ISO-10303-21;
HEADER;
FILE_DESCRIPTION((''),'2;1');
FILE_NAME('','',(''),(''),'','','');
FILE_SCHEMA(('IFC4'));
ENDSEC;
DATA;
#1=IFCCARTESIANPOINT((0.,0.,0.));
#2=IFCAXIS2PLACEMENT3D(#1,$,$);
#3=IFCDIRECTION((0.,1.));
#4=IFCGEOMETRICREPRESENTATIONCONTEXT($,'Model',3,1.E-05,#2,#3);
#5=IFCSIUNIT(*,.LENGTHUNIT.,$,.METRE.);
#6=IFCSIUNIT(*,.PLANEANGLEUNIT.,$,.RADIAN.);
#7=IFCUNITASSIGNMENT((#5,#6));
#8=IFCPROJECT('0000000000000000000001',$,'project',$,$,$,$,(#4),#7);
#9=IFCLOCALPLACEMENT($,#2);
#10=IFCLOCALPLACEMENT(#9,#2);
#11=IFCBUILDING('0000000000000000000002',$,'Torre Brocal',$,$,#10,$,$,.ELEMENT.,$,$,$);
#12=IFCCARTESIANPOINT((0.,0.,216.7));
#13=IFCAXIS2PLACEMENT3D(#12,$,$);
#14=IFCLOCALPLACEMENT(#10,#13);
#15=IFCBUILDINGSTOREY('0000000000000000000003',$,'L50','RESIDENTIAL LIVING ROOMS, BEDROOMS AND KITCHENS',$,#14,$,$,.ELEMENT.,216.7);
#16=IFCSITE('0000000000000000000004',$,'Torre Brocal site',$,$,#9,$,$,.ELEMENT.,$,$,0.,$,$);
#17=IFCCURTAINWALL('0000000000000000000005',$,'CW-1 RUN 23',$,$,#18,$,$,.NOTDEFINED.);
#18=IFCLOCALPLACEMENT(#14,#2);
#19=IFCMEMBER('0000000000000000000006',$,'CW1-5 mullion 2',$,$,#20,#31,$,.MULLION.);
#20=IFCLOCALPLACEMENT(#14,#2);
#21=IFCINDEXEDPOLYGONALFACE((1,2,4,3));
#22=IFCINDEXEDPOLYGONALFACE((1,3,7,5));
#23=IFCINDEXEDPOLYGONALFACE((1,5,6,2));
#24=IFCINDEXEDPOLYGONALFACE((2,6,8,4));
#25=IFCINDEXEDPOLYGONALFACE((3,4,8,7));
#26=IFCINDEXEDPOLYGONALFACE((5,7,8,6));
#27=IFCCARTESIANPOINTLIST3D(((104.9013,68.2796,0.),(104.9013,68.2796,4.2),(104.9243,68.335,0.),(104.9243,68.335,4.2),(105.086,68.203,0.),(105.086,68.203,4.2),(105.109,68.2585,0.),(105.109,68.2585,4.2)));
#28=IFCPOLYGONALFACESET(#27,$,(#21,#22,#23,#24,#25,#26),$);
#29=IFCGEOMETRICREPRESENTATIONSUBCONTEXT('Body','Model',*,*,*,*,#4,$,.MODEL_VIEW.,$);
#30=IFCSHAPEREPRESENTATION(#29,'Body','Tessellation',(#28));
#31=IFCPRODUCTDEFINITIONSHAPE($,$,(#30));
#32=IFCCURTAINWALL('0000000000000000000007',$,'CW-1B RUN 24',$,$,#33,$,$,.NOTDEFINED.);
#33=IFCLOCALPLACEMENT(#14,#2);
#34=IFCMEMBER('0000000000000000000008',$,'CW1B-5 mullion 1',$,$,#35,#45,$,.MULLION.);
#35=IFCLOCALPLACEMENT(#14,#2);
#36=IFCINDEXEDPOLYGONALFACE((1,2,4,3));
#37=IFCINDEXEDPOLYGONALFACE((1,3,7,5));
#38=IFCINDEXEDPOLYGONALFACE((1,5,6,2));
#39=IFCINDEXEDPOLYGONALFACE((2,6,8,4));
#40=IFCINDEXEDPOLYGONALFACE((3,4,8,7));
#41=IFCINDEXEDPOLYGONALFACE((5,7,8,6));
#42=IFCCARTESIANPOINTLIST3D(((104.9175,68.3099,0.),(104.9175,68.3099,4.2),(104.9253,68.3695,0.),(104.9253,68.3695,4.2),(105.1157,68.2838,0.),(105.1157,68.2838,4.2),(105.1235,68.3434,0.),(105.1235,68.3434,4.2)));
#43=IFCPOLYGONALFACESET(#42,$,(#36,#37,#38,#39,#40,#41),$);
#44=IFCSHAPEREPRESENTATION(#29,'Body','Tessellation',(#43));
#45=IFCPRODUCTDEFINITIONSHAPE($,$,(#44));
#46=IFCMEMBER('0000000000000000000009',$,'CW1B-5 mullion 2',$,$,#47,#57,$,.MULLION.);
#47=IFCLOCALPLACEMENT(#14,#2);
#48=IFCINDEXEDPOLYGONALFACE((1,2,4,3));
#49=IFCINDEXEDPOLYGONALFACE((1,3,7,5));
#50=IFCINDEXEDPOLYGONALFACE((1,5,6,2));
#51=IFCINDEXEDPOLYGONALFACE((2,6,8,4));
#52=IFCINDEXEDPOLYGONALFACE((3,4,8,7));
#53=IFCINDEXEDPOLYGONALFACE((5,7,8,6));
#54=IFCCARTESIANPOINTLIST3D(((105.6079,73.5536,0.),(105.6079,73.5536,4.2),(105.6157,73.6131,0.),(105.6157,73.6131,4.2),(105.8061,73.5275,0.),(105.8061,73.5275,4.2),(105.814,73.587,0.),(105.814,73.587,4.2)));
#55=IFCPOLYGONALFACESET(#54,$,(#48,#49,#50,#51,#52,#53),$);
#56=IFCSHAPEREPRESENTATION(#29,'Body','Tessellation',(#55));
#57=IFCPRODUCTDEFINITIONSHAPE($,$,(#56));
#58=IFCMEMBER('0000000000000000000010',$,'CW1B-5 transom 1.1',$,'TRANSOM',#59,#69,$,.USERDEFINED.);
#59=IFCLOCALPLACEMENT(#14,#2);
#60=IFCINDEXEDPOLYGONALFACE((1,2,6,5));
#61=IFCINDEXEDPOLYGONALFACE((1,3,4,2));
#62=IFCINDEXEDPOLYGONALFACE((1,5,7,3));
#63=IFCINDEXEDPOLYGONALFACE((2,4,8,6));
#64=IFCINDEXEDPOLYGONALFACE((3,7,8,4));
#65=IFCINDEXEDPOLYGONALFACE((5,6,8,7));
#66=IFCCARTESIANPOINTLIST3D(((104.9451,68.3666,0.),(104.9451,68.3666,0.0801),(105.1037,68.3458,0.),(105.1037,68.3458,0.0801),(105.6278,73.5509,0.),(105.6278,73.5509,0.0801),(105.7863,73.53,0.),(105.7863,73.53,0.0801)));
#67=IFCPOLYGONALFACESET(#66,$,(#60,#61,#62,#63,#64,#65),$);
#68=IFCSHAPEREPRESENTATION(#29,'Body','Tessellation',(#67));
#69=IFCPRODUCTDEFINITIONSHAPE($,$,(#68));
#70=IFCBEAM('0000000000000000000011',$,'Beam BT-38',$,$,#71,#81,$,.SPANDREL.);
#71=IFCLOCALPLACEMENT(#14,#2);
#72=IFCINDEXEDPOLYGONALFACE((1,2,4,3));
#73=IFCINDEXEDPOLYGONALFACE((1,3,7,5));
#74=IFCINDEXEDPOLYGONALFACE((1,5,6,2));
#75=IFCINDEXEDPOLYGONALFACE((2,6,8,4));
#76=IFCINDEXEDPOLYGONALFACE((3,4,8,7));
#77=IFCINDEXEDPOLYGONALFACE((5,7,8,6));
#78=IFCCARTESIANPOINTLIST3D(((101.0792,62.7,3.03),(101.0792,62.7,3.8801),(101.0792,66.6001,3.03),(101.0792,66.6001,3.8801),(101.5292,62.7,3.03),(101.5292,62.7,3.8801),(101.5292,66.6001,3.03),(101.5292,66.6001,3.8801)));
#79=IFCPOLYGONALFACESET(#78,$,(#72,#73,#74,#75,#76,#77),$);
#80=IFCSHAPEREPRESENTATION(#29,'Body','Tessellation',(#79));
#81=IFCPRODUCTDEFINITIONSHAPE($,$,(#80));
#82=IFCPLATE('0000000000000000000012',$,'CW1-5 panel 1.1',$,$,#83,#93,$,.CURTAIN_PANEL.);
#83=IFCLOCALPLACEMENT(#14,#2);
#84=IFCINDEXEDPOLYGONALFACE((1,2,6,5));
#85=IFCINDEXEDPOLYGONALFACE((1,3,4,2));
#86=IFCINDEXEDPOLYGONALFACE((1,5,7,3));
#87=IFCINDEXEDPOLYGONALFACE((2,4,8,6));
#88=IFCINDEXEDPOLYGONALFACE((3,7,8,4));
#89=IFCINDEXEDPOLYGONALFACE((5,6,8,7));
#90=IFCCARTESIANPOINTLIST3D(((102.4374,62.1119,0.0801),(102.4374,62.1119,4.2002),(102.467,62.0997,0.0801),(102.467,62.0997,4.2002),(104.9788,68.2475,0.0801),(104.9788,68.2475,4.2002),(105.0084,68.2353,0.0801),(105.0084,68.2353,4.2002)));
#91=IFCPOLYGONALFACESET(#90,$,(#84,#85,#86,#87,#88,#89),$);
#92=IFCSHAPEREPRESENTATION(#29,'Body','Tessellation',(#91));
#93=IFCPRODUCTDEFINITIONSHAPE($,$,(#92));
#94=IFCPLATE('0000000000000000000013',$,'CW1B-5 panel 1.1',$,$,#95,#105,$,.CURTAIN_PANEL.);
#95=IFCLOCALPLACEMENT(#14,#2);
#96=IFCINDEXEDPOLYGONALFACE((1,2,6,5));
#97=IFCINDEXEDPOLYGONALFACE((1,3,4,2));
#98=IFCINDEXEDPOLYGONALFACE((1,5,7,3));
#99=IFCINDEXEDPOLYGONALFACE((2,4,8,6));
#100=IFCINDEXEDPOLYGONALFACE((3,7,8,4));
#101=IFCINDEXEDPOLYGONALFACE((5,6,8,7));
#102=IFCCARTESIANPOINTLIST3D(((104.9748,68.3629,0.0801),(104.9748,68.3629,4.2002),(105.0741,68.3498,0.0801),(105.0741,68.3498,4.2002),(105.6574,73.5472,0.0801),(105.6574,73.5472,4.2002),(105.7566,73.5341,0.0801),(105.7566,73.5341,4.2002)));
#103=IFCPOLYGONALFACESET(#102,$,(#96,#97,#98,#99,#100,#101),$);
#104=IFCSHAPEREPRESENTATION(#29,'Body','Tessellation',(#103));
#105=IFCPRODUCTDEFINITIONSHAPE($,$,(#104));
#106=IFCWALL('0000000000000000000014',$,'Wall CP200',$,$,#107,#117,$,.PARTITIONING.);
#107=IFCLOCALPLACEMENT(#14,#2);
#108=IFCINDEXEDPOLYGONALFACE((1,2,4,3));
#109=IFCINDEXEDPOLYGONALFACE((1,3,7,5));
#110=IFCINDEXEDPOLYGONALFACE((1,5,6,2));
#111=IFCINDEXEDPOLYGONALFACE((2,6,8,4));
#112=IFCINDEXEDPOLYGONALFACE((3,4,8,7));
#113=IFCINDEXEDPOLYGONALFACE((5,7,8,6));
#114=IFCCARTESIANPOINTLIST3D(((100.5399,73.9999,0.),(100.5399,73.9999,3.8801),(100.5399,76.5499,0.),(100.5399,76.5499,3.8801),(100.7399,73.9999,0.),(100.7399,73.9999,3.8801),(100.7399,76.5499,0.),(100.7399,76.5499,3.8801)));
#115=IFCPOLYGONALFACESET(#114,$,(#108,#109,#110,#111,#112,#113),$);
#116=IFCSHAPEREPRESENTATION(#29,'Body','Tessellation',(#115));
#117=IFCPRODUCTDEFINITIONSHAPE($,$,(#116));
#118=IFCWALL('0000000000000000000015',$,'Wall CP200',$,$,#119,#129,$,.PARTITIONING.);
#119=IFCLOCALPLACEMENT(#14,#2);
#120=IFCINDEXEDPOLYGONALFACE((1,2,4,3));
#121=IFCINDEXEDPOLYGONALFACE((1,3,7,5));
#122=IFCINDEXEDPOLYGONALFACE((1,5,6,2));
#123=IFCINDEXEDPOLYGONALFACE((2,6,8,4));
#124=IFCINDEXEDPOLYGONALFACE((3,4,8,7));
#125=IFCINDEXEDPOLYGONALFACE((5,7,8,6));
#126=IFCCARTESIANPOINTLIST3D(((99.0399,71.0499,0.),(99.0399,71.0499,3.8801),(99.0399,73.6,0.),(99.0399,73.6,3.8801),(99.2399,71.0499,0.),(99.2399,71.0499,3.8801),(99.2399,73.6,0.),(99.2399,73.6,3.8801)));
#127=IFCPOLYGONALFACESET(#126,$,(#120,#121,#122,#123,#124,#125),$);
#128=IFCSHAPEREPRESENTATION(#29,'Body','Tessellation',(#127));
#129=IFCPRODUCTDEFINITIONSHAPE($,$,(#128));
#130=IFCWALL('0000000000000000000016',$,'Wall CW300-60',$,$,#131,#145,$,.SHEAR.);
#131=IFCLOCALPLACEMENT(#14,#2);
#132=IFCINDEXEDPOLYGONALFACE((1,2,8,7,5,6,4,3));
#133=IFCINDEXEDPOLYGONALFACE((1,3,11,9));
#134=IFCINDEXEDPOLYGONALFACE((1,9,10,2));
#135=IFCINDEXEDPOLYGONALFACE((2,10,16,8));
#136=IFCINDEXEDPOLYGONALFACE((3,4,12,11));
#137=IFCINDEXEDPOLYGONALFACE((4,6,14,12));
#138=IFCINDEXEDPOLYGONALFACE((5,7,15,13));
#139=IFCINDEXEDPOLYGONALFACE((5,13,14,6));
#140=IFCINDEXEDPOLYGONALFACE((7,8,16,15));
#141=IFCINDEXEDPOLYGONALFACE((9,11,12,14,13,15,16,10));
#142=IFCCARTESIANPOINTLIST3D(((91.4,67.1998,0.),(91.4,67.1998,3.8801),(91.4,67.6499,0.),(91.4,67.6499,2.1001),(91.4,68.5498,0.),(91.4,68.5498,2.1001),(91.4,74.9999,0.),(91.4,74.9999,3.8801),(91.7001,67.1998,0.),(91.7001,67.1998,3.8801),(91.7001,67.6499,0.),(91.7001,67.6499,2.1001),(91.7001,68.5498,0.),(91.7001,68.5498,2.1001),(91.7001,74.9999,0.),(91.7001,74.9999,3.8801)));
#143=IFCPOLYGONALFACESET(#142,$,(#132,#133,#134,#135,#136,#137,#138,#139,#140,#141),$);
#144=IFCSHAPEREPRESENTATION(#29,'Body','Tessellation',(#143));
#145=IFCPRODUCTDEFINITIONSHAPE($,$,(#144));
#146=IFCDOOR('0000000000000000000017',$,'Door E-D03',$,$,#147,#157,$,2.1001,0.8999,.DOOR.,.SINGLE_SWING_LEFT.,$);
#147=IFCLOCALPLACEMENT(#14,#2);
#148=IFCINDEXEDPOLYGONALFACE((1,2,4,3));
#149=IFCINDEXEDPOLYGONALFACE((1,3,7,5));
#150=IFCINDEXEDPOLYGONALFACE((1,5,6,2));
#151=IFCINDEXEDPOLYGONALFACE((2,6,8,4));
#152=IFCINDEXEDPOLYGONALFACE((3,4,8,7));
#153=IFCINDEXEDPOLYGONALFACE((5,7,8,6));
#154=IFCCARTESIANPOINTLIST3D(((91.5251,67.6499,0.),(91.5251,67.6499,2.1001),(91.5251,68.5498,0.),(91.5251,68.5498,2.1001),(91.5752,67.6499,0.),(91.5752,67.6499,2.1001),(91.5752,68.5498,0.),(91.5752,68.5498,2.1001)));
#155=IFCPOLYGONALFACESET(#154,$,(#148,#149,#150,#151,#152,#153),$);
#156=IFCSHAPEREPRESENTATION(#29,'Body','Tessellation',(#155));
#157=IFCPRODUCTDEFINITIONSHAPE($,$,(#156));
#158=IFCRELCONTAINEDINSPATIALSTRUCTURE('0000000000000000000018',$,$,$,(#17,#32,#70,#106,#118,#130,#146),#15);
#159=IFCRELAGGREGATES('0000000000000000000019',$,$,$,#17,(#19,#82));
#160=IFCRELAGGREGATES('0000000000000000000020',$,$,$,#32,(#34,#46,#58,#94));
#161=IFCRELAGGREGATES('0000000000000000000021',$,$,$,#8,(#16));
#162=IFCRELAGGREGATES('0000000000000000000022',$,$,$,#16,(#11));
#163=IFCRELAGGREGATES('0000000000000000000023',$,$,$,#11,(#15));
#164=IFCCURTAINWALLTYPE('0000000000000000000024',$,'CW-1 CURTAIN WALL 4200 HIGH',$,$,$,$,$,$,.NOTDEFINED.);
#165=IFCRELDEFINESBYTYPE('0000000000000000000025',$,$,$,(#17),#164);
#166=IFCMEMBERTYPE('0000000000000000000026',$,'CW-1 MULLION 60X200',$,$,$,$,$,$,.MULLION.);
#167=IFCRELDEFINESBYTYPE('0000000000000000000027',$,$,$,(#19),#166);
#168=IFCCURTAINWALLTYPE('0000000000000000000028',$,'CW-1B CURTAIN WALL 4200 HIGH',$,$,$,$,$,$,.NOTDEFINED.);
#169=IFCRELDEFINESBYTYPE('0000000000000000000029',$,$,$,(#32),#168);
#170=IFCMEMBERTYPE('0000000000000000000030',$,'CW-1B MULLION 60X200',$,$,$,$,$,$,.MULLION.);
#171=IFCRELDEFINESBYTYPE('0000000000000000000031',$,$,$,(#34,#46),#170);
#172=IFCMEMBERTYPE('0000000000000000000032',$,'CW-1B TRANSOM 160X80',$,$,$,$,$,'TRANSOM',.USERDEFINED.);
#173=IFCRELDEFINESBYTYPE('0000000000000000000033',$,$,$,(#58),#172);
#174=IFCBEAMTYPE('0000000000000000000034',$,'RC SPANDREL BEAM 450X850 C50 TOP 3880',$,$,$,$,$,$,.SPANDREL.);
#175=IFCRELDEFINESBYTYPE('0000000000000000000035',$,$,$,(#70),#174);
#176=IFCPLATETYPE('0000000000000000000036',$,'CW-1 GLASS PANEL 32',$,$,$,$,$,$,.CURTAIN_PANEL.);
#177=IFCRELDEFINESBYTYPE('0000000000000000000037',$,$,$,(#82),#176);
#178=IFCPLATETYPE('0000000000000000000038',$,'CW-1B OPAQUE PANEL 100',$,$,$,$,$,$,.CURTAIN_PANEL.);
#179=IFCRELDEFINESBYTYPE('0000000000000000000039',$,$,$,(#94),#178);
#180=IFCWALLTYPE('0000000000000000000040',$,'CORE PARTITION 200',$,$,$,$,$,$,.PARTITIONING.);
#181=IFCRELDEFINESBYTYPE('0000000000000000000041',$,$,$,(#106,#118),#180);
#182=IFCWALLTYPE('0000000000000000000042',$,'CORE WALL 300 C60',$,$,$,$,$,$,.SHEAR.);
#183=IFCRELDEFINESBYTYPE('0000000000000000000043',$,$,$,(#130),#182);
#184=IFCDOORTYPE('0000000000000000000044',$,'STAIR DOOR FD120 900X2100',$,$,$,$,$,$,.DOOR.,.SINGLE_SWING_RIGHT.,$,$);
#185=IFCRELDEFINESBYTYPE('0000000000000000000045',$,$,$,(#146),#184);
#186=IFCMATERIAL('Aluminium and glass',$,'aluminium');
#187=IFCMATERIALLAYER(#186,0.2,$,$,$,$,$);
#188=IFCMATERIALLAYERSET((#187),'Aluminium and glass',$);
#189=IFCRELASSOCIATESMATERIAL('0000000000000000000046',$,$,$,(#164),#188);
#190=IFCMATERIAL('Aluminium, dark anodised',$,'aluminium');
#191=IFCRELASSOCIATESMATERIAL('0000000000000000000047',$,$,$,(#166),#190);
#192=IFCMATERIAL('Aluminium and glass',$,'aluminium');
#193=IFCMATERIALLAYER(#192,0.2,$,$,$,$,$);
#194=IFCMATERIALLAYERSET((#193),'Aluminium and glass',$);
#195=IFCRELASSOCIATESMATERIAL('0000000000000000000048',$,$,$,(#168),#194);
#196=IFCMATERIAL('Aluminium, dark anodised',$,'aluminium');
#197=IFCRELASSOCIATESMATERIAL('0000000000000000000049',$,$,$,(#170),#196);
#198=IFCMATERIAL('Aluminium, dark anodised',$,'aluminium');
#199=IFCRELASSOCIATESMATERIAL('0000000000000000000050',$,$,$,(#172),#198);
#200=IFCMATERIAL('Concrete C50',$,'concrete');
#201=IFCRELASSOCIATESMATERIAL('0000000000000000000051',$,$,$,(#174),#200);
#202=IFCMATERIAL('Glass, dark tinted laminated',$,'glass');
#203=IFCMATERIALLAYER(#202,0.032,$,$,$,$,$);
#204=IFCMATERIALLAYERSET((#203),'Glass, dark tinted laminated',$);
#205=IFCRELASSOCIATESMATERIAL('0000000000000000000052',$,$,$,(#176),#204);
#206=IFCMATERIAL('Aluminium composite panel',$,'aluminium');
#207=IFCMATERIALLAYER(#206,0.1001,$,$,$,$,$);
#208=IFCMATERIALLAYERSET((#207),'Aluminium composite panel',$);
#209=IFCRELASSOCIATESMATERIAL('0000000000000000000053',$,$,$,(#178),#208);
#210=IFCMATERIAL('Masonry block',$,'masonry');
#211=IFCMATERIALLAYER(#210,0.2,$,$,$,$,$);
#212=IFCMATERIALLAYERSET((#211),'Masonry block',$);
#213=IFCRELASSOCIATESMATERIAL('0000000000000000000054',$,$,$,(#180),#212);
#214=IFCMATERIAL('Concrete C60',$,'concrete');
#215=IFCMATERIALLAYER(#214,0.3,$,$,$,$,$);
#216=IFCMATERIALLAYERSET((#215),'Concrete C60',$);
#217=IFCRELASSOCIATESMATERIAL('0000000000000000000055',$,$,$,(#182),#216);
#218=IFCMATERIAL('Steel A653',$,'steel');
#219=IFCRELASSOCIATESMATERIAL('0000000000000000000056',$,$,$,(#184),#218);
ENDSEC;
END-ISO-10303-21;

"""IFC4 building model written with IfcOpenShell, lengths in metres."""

from ifc_helpers import new_model, si_unit, direction, frame, frame_2d, origin, origin_2d, place, context, subcontext, project, spatial, rectangle, extrude, material, layer, layer_set, material_profile, profile_set, type_object, element, fill, aggregate, save


model = new_model("IFC4")

# Units and contexts
model_context = context("Model", 3, precision=1e-05, world=origin(), true_north=direction((0.0, 1.0)))
body_context = subcontext(model_context, "Body", "Model", "MODEL_VIEW")
ifc_project = project(units=[si_unit("LENGTHUNIT", "METRE"), si_unit("PLANEANGLEUNIT", "RADIAN")], contexts=[model_context])

# Site, building, storey
site_placement = place(None, origin())
site = spatial("IfcSite", under=ifc_project, at=site_placement, Name="Torre Brocal site", CompositionType="ELEMENT", RefElevation=0.0)
building_placement = place(site_placement, origin())
building = spatial("IfcBuilding", under=site, at=building_placement, Name="Torre Brocal", CompositionType="ELEMENT")
storey_placement = place(building_placement, frame((0.0, 0.0, 216.7)))
storey = spatial("IfcBuildingStorey", under=building, at=storey_placement, Name="L50", Description="RESIDENTIAL LIVING ROOMS, BEDROOMS AND KITCHENS", CompositionType="ELEMENT", Elevation=216.7)

# Curtain wall, member
ifc_material_1 = material(Name="Aluminium and glass", Category="aluminium")
ifc_layer_1 = layer(ifc_material_1, 0.2)
ifc_layer_set_1 = layer_set([ifc_layer_1], Name="Aluminium and glass")
curtain_wall_type_1 = type_object("IfcCurtainWallType", Name="CW-1 CURTAIN WALL 4200 HIGH", PredefinedType="NOTDEFINED", material=ifc_layer_set_1)
curtain_wall_1_placement = place(storey_placement, origin())
curtain_wall_1 = element("IfcCurtainWall", 1, at=curtain_wall_1_placement, inside=storey, type_object=curtain_wall_type_1, Name="CW-1 RUN 23", PredefinedType="NOTDEFINED")
ifc_material_2 = material(Name="Aluminium, dark anodised", Category="aluminium")
ifc_material_profile_1 = material_profile(ifc_material_2, rectangle(XDim=0.2, YDim=0.0601, at=origin_2d()), Name="CW-1 MULLION 60X200")
ifc_profile_set_1 = profile_set([ifc_material_profile_1], Name="Aluminium, dark anodised")
member_type_1 = type_object("IfcMemberType", Name="CW-1 MULLION 60X200", PredefinedType="MULLION", material=ifc_profile_set_1)
member_1_placement = place(storey_placement, frame((105.0051, 68.269, 0.0), z_axis=(0.0, 0.0, 1.0), x_axis=(-0.92388, 0.382683, 0.0)))
member_1 = element("IfcMember", 2, at=member_1_placement, type_object=member_type_1, Name="CW1-5 mullion 2", PredefinedType="MULLION", context=body_context, shape_type="SweptSolid", body=[
    extrude(rectangle(XDim=0.2, YDim=0.0601, at=origin_2d()), origin(), (0.0, 0.0, 1.0), 4.2),
])

# Curtain wall, members
ifc_material_3 = material(Name="Aluminium and glass", Category="aluminium")
ifc_layer_2 = layer(ifc_material_3, 0.2)
ifc_layer_set_2 = layer_set([ifc_layer_2], Name="Aluminium and glass")
curtain_wall_type_2 = type_object("IfcCurtainWallType", Name="CW-1B CURTAIN WALL 4200 HIGH", PredefinedType="NOTDEFINED", material=ifc_layer_set_2)
curtain_wall_2_placement = place(storey_placement, origin())
curtain_wall_2 = element("IfcCurtainWall", 3, at=curtain_wall_2_placement, inside=storey, type_object=curtain_wall_type_2, Name="CW-1B RUN 24", PredefinedType="NOTDEFINED")
ifc_material_4 = material(Name="Aluminium, dark anodised", Category="aluminium")
ifc_material_profile_2 = material_profile(ifc_material_4, rectangle(XDim=0.2, YDim=0.0601, at=origin_2d()), Name="CW-1B MULLION 60X200")
ifc_profile_set_2 = profile_set([ifc_material_profile_2], Name="Aluminium, dark anodised")
member_type_2 = type_object("IfcMemberType", Name="CW-1B MULLION 60X200", PredefinedType="MULLION", material=ifc_profile_set_2)
member_2_placement = place(storey_placement, frame((105.0205, 68.3267, 0.0), z_axis=(0.0, 0.0, 1.0), x_axis=(-0.991445, 0.130526, 0.0)))
member_2 = element("IfcMember", 4, at=member_2_placement, type_object=member_type_2, Name="CW1B-5 mullion 1", PredefinedType="MULLION", context=body_context, shape_type="SweptSolid", body=[
    extrude(rectangle(XDim=0.2, YDim=0.0601, at=origin_2d()), origin(), (0.0, 0.0, 1.0), 4.2),
])
member_3_placement = place(storey_placement, frame((105.7109, 73.5703, 0.0), z_axis=(0.0, 0.0, 1.0), x_axis=(-0.991445, 0.130526, 0.0)))
member_3 = element("IfcMember", 5, at=member_3_placement, type_object=member_type_2, Name="CW1B-5 mullion 2", PredefinedType="MULLION", context=body_context, shape_type="SweptSolid", body=[
    extrude(rectangle(XDim=0.2, YDim=0.0601, at=origin_2d()), origin(), (0.0, 0.0, 1.0), 4.2),
])
ifc_material_5 = material(Name="Aluminium, dark anodised", Category="aluminium")
ifc_material_profile_3 = material_profile(ifc_material_5, rectangle(XDim=0.1599, YDim=0.0801, at=origin_2d()), Name="CW-1B TRANSOM 160X80")
ifc_profile_set_3 = profile_set([ifc_material_profile_3], Name="Aluminium, dark anodised")
member_type_3 = type_object("IfcMemberType", Name="CW-1B TRANSOM 160X80", ElementType="TRANSOM", PredefinedType="USERDEFINED", material=ifc_profile_set_3)
member_4_placement = place(storey_placement, frame((105.0244, 68.3562, 0.04), z_axis=(0.130543, 0.991443, 0.0), x_axis=(-0.991443, 0.130543, 0.0)))
member_4 = element("IfcMember", 6, at=member_4_placement, type_object=member_type_3, Name="CW1B-5 transom 1.1", ObjectType="TRANSOM", PredefinedType="USERDEFINED", context=body_context, shape_type="SweptSolid", body=[
    extrude(rectangle(XDim=0.1599, YDim=0.0801, at=origin_2d()), origin(), (0.0, 0.0, 1.0), 5.229),
])

# Beam
ifc_material_6 = material(Name="Concrete C50", Category="concrete")
ifc_material_profile_4 = material_profile(ifc_material_6, rectangle(XDim=0.45, YDim=0.8501, at=origin_2d()), Name="RC 450X850")
ifc_profile_set_4 = profile_set([ifc_material_profile_4], Name="Concrete C50")
beam_type = type_object("IfcBeamType", Name="RC SPANDREL BEAM 450X850 C50 TOP 3880", PredefinedType="SPANDREL", material=ifc_profile_set_4)
beam_placement = place(storey_placement, frame((101.3042, 62.7, 3.4551), z_axis=(0.0, 1.0, 0.0), x_axis=(-1.0, 0.0, 0.0)))
element("IfcBeam", 7, at=beam_placement, inside=storey, type_object=beam_type, Name="Beam BT-38", PredefinedType="SPANDREL", context=body_context, shape_type="SweptSolid", body=[
    extrude(rectangle(XDim=0.45, YDim=0.8501, at=origin_2d()), origin(), (0.0, 0.0, 1.0), 3.9001),
])

# Plates
ifc_material_7 = material(Name="Glass, dark tinted laminated", Category="glass")
ifc_layer_3 = layer(ifc_material_7, 0.032)
ifc_layer_set_3 = layer_set([ifc_layer_3], Name="Glass, dark tinted laminated")
plate_type_1 = type_object("IfcPlateType", Name="CW-1 GLASS PANEL 32", PredefinedType="CURTAIN_PANEL", material=ifc_layer_set_3)
plate_1_placement = place(storey_placement, frame((103.7229, 65.1736, 0.0801), z_axis=(0.0, 0.0, 1.0), x_axis=(0.382683, 0.92388, 0.0)))
plate_1 = element("IfcPlate", 8, at=plate_1_placement, type_object=plate_type_1, Name="CW1-5 panel 1.1", PredefinedType="CURTAIN_PANEL", context=body_context, shape_type="SweptSolid", body=[
    extrude(rectangle(XDim=6.6411, YDim=0.032, at=origin_2d()), origin(), (0.0, 0.0, 1.0), 4.1201),
])
aggregate(curtain_wall_1, [member_1, plate_1])
ifc_material_8 = material(Name="Aluminium composite panel", Category="aluminium")
ifc_layer_4 = layer(ifc_material_8, 0.1001)
ifc_layer_set_4 = layer_set([ifc_layer_4], Name="Aluminium composite panel")
plate_type_2 = type_object("IfcPlateType", Name="CW-1B OPAQUE PANEL 100", PredefinedType="CURTAIN_PANEL", material=ifc_layer_set_4)
plate_2_placement = place(storey_placement, frame((105.3657, 70.9485, 0.0801), z_axis=(0.0, 0.0, 1.0), x_axis=(0.130526, 0.991445, 0.0)))
plate_2 = element("IfcPlate", 9, at=plate_2_placement, type_object=plate_type_2, Name="CW1B-5 panel 1.1", PredefinedType="CURTAIN_PANEL", context=body_context, shape_type="SweptSolid", body=[
    extrude(rectangle(XDim=5.229, YDim=0.1001, at=origin_2d()), origin(), (0.0, 0.0, 1.0), 4.1201),
])
aggregate(curtain_wall_2, [member_2, member_3, member_4, plate_2])

# Walls
ifc_material_9 = material(Name="Masonry block", Category="masonry")
ifc_layer_5 = layer(ifc_material_9, 0.2)
ifc_layer_set_5 = layer_set([ifc_layer_5], Name="Masonry block")
wall_type_1 = type_object("IfcWallType", Name="CORE PARTITION 200", PredefinedType="PARTITIONING", material=ifc_layer_set_5)
for number, where, z_axis, x_axis, name in (
    (10, (100.6399, 74.0, 0.0), (0.0, 0.0, 1.0), (0.0, 1.0, 0.0), "Wall CP200"),
    (11, (99.1399, 71.05, 0.0), (0.0, 0.0, 1.0), (0.0, 1.0, 0.0), "Wall CP200"),
):
    element("IfcWall", number, at=place(storey_placement, frame(where, z_axis=z_axis, x_axis=x_axis)), inside=storey, type_object=wall_type_1, Name=name, PredefinedType="PARTITIONING", context=body_context, shape_type="SweptSolid", body=[
        extrude(rectangle(XDim=2.55, YDim=0.2, at=frame_2d((1.2749, 0.0))), origin(), (0.0, 0.0, 1.0), 3.8801),
    ])

# Wall, opening, door
ifc_material_10 = material(Name="Concrete C60", Category="concrete")
ifc_layer_6 = layer(ifc_material_10, 0.3)
ifc_layer_set_6 = layer_set([ifc_layer_6], Name="Concrete C60")
wall_type_2 = type_object("IfcWallType", Name="CORE WALL 300 C60", PredefinedType="SHEAR", material=ifc_layer_set_6)
wall_1_placement = place(storey_placement, frame((91.55, 67.2, 0.0), z_axis=(0.0, 0.0, 1.0), x_axis=(0.0, 1.0, 0.0)))
wall_1 = element("IfcWall", 12, at=wall_1_placement, inside=storey, type_object=wall_type_2, Name="Wall CW300-60", PredefinedType="SHEAR", context=body_context, shape_type="SweptSolid", body=[
    extrude(rectangle(XDim=7.8, YDim=0.3, at=frame_2d((3.8999, 0.0))), origin(), (0.0, 0.0, 1.0), 3.8801),
])
opening_1_placement = place(wall_1_placement, frame((0.45, 0.0, 0.0)))
opening_1 = element("IfcOpeningElement", 13, at=opening_1_placement, cuts=wall_1, PredefinedType="OPENING", context=body_context, shape_type="SweptSolid", body=[
    extrude(rectangle(XDim=0.8999, YDim=2.1001, at=frame_2d((0.45, 1.05))), frame((0.0, 0.1599, 0.0), z_axis=(0.0, -1.0, 0.0), x_axis=(1.0, 0.0, 0.0)), (0.0, 0.0, 1.0), 0.3201),
])
ifc_material_11 = material(Name="Steel A653", Category="steel")
door_type_1 = type_object("IfcDoorType", Name="STAIR DOOR FD120 900X2100", OperationType="SINGLE_SWING_RIGHT", PredefinedType="DOOR", material=ifc_material_11)
door_1_placement = place(opening_1_placement, origin())
door_1 = element("IfcDoor", 14, at=door_1_placement, inside=storey, type_object=door_type_1, Name="Door E-D03", OperationType="SINGLE_SWING_LEFT", OverallHeight=2.1001, OverallWidth=0.8999, PredefinedType="DOOR", context=body_context, shape_type="SweptSolid", body=[
    extrude(rectangle(XDim=0.8999, YDim=2.1001, at=frame_2d((0.45, 1.05))), frame((0.0, 0.0249, 0.0), z_axis=(0.0, -1.0, 0.0), x_axis=(1.0, 0.0, 0.0)), (0.0, 0.0, 1.0), 0.05),
])
fill(opening_1, door_1)

save(model, "model.ifc")
